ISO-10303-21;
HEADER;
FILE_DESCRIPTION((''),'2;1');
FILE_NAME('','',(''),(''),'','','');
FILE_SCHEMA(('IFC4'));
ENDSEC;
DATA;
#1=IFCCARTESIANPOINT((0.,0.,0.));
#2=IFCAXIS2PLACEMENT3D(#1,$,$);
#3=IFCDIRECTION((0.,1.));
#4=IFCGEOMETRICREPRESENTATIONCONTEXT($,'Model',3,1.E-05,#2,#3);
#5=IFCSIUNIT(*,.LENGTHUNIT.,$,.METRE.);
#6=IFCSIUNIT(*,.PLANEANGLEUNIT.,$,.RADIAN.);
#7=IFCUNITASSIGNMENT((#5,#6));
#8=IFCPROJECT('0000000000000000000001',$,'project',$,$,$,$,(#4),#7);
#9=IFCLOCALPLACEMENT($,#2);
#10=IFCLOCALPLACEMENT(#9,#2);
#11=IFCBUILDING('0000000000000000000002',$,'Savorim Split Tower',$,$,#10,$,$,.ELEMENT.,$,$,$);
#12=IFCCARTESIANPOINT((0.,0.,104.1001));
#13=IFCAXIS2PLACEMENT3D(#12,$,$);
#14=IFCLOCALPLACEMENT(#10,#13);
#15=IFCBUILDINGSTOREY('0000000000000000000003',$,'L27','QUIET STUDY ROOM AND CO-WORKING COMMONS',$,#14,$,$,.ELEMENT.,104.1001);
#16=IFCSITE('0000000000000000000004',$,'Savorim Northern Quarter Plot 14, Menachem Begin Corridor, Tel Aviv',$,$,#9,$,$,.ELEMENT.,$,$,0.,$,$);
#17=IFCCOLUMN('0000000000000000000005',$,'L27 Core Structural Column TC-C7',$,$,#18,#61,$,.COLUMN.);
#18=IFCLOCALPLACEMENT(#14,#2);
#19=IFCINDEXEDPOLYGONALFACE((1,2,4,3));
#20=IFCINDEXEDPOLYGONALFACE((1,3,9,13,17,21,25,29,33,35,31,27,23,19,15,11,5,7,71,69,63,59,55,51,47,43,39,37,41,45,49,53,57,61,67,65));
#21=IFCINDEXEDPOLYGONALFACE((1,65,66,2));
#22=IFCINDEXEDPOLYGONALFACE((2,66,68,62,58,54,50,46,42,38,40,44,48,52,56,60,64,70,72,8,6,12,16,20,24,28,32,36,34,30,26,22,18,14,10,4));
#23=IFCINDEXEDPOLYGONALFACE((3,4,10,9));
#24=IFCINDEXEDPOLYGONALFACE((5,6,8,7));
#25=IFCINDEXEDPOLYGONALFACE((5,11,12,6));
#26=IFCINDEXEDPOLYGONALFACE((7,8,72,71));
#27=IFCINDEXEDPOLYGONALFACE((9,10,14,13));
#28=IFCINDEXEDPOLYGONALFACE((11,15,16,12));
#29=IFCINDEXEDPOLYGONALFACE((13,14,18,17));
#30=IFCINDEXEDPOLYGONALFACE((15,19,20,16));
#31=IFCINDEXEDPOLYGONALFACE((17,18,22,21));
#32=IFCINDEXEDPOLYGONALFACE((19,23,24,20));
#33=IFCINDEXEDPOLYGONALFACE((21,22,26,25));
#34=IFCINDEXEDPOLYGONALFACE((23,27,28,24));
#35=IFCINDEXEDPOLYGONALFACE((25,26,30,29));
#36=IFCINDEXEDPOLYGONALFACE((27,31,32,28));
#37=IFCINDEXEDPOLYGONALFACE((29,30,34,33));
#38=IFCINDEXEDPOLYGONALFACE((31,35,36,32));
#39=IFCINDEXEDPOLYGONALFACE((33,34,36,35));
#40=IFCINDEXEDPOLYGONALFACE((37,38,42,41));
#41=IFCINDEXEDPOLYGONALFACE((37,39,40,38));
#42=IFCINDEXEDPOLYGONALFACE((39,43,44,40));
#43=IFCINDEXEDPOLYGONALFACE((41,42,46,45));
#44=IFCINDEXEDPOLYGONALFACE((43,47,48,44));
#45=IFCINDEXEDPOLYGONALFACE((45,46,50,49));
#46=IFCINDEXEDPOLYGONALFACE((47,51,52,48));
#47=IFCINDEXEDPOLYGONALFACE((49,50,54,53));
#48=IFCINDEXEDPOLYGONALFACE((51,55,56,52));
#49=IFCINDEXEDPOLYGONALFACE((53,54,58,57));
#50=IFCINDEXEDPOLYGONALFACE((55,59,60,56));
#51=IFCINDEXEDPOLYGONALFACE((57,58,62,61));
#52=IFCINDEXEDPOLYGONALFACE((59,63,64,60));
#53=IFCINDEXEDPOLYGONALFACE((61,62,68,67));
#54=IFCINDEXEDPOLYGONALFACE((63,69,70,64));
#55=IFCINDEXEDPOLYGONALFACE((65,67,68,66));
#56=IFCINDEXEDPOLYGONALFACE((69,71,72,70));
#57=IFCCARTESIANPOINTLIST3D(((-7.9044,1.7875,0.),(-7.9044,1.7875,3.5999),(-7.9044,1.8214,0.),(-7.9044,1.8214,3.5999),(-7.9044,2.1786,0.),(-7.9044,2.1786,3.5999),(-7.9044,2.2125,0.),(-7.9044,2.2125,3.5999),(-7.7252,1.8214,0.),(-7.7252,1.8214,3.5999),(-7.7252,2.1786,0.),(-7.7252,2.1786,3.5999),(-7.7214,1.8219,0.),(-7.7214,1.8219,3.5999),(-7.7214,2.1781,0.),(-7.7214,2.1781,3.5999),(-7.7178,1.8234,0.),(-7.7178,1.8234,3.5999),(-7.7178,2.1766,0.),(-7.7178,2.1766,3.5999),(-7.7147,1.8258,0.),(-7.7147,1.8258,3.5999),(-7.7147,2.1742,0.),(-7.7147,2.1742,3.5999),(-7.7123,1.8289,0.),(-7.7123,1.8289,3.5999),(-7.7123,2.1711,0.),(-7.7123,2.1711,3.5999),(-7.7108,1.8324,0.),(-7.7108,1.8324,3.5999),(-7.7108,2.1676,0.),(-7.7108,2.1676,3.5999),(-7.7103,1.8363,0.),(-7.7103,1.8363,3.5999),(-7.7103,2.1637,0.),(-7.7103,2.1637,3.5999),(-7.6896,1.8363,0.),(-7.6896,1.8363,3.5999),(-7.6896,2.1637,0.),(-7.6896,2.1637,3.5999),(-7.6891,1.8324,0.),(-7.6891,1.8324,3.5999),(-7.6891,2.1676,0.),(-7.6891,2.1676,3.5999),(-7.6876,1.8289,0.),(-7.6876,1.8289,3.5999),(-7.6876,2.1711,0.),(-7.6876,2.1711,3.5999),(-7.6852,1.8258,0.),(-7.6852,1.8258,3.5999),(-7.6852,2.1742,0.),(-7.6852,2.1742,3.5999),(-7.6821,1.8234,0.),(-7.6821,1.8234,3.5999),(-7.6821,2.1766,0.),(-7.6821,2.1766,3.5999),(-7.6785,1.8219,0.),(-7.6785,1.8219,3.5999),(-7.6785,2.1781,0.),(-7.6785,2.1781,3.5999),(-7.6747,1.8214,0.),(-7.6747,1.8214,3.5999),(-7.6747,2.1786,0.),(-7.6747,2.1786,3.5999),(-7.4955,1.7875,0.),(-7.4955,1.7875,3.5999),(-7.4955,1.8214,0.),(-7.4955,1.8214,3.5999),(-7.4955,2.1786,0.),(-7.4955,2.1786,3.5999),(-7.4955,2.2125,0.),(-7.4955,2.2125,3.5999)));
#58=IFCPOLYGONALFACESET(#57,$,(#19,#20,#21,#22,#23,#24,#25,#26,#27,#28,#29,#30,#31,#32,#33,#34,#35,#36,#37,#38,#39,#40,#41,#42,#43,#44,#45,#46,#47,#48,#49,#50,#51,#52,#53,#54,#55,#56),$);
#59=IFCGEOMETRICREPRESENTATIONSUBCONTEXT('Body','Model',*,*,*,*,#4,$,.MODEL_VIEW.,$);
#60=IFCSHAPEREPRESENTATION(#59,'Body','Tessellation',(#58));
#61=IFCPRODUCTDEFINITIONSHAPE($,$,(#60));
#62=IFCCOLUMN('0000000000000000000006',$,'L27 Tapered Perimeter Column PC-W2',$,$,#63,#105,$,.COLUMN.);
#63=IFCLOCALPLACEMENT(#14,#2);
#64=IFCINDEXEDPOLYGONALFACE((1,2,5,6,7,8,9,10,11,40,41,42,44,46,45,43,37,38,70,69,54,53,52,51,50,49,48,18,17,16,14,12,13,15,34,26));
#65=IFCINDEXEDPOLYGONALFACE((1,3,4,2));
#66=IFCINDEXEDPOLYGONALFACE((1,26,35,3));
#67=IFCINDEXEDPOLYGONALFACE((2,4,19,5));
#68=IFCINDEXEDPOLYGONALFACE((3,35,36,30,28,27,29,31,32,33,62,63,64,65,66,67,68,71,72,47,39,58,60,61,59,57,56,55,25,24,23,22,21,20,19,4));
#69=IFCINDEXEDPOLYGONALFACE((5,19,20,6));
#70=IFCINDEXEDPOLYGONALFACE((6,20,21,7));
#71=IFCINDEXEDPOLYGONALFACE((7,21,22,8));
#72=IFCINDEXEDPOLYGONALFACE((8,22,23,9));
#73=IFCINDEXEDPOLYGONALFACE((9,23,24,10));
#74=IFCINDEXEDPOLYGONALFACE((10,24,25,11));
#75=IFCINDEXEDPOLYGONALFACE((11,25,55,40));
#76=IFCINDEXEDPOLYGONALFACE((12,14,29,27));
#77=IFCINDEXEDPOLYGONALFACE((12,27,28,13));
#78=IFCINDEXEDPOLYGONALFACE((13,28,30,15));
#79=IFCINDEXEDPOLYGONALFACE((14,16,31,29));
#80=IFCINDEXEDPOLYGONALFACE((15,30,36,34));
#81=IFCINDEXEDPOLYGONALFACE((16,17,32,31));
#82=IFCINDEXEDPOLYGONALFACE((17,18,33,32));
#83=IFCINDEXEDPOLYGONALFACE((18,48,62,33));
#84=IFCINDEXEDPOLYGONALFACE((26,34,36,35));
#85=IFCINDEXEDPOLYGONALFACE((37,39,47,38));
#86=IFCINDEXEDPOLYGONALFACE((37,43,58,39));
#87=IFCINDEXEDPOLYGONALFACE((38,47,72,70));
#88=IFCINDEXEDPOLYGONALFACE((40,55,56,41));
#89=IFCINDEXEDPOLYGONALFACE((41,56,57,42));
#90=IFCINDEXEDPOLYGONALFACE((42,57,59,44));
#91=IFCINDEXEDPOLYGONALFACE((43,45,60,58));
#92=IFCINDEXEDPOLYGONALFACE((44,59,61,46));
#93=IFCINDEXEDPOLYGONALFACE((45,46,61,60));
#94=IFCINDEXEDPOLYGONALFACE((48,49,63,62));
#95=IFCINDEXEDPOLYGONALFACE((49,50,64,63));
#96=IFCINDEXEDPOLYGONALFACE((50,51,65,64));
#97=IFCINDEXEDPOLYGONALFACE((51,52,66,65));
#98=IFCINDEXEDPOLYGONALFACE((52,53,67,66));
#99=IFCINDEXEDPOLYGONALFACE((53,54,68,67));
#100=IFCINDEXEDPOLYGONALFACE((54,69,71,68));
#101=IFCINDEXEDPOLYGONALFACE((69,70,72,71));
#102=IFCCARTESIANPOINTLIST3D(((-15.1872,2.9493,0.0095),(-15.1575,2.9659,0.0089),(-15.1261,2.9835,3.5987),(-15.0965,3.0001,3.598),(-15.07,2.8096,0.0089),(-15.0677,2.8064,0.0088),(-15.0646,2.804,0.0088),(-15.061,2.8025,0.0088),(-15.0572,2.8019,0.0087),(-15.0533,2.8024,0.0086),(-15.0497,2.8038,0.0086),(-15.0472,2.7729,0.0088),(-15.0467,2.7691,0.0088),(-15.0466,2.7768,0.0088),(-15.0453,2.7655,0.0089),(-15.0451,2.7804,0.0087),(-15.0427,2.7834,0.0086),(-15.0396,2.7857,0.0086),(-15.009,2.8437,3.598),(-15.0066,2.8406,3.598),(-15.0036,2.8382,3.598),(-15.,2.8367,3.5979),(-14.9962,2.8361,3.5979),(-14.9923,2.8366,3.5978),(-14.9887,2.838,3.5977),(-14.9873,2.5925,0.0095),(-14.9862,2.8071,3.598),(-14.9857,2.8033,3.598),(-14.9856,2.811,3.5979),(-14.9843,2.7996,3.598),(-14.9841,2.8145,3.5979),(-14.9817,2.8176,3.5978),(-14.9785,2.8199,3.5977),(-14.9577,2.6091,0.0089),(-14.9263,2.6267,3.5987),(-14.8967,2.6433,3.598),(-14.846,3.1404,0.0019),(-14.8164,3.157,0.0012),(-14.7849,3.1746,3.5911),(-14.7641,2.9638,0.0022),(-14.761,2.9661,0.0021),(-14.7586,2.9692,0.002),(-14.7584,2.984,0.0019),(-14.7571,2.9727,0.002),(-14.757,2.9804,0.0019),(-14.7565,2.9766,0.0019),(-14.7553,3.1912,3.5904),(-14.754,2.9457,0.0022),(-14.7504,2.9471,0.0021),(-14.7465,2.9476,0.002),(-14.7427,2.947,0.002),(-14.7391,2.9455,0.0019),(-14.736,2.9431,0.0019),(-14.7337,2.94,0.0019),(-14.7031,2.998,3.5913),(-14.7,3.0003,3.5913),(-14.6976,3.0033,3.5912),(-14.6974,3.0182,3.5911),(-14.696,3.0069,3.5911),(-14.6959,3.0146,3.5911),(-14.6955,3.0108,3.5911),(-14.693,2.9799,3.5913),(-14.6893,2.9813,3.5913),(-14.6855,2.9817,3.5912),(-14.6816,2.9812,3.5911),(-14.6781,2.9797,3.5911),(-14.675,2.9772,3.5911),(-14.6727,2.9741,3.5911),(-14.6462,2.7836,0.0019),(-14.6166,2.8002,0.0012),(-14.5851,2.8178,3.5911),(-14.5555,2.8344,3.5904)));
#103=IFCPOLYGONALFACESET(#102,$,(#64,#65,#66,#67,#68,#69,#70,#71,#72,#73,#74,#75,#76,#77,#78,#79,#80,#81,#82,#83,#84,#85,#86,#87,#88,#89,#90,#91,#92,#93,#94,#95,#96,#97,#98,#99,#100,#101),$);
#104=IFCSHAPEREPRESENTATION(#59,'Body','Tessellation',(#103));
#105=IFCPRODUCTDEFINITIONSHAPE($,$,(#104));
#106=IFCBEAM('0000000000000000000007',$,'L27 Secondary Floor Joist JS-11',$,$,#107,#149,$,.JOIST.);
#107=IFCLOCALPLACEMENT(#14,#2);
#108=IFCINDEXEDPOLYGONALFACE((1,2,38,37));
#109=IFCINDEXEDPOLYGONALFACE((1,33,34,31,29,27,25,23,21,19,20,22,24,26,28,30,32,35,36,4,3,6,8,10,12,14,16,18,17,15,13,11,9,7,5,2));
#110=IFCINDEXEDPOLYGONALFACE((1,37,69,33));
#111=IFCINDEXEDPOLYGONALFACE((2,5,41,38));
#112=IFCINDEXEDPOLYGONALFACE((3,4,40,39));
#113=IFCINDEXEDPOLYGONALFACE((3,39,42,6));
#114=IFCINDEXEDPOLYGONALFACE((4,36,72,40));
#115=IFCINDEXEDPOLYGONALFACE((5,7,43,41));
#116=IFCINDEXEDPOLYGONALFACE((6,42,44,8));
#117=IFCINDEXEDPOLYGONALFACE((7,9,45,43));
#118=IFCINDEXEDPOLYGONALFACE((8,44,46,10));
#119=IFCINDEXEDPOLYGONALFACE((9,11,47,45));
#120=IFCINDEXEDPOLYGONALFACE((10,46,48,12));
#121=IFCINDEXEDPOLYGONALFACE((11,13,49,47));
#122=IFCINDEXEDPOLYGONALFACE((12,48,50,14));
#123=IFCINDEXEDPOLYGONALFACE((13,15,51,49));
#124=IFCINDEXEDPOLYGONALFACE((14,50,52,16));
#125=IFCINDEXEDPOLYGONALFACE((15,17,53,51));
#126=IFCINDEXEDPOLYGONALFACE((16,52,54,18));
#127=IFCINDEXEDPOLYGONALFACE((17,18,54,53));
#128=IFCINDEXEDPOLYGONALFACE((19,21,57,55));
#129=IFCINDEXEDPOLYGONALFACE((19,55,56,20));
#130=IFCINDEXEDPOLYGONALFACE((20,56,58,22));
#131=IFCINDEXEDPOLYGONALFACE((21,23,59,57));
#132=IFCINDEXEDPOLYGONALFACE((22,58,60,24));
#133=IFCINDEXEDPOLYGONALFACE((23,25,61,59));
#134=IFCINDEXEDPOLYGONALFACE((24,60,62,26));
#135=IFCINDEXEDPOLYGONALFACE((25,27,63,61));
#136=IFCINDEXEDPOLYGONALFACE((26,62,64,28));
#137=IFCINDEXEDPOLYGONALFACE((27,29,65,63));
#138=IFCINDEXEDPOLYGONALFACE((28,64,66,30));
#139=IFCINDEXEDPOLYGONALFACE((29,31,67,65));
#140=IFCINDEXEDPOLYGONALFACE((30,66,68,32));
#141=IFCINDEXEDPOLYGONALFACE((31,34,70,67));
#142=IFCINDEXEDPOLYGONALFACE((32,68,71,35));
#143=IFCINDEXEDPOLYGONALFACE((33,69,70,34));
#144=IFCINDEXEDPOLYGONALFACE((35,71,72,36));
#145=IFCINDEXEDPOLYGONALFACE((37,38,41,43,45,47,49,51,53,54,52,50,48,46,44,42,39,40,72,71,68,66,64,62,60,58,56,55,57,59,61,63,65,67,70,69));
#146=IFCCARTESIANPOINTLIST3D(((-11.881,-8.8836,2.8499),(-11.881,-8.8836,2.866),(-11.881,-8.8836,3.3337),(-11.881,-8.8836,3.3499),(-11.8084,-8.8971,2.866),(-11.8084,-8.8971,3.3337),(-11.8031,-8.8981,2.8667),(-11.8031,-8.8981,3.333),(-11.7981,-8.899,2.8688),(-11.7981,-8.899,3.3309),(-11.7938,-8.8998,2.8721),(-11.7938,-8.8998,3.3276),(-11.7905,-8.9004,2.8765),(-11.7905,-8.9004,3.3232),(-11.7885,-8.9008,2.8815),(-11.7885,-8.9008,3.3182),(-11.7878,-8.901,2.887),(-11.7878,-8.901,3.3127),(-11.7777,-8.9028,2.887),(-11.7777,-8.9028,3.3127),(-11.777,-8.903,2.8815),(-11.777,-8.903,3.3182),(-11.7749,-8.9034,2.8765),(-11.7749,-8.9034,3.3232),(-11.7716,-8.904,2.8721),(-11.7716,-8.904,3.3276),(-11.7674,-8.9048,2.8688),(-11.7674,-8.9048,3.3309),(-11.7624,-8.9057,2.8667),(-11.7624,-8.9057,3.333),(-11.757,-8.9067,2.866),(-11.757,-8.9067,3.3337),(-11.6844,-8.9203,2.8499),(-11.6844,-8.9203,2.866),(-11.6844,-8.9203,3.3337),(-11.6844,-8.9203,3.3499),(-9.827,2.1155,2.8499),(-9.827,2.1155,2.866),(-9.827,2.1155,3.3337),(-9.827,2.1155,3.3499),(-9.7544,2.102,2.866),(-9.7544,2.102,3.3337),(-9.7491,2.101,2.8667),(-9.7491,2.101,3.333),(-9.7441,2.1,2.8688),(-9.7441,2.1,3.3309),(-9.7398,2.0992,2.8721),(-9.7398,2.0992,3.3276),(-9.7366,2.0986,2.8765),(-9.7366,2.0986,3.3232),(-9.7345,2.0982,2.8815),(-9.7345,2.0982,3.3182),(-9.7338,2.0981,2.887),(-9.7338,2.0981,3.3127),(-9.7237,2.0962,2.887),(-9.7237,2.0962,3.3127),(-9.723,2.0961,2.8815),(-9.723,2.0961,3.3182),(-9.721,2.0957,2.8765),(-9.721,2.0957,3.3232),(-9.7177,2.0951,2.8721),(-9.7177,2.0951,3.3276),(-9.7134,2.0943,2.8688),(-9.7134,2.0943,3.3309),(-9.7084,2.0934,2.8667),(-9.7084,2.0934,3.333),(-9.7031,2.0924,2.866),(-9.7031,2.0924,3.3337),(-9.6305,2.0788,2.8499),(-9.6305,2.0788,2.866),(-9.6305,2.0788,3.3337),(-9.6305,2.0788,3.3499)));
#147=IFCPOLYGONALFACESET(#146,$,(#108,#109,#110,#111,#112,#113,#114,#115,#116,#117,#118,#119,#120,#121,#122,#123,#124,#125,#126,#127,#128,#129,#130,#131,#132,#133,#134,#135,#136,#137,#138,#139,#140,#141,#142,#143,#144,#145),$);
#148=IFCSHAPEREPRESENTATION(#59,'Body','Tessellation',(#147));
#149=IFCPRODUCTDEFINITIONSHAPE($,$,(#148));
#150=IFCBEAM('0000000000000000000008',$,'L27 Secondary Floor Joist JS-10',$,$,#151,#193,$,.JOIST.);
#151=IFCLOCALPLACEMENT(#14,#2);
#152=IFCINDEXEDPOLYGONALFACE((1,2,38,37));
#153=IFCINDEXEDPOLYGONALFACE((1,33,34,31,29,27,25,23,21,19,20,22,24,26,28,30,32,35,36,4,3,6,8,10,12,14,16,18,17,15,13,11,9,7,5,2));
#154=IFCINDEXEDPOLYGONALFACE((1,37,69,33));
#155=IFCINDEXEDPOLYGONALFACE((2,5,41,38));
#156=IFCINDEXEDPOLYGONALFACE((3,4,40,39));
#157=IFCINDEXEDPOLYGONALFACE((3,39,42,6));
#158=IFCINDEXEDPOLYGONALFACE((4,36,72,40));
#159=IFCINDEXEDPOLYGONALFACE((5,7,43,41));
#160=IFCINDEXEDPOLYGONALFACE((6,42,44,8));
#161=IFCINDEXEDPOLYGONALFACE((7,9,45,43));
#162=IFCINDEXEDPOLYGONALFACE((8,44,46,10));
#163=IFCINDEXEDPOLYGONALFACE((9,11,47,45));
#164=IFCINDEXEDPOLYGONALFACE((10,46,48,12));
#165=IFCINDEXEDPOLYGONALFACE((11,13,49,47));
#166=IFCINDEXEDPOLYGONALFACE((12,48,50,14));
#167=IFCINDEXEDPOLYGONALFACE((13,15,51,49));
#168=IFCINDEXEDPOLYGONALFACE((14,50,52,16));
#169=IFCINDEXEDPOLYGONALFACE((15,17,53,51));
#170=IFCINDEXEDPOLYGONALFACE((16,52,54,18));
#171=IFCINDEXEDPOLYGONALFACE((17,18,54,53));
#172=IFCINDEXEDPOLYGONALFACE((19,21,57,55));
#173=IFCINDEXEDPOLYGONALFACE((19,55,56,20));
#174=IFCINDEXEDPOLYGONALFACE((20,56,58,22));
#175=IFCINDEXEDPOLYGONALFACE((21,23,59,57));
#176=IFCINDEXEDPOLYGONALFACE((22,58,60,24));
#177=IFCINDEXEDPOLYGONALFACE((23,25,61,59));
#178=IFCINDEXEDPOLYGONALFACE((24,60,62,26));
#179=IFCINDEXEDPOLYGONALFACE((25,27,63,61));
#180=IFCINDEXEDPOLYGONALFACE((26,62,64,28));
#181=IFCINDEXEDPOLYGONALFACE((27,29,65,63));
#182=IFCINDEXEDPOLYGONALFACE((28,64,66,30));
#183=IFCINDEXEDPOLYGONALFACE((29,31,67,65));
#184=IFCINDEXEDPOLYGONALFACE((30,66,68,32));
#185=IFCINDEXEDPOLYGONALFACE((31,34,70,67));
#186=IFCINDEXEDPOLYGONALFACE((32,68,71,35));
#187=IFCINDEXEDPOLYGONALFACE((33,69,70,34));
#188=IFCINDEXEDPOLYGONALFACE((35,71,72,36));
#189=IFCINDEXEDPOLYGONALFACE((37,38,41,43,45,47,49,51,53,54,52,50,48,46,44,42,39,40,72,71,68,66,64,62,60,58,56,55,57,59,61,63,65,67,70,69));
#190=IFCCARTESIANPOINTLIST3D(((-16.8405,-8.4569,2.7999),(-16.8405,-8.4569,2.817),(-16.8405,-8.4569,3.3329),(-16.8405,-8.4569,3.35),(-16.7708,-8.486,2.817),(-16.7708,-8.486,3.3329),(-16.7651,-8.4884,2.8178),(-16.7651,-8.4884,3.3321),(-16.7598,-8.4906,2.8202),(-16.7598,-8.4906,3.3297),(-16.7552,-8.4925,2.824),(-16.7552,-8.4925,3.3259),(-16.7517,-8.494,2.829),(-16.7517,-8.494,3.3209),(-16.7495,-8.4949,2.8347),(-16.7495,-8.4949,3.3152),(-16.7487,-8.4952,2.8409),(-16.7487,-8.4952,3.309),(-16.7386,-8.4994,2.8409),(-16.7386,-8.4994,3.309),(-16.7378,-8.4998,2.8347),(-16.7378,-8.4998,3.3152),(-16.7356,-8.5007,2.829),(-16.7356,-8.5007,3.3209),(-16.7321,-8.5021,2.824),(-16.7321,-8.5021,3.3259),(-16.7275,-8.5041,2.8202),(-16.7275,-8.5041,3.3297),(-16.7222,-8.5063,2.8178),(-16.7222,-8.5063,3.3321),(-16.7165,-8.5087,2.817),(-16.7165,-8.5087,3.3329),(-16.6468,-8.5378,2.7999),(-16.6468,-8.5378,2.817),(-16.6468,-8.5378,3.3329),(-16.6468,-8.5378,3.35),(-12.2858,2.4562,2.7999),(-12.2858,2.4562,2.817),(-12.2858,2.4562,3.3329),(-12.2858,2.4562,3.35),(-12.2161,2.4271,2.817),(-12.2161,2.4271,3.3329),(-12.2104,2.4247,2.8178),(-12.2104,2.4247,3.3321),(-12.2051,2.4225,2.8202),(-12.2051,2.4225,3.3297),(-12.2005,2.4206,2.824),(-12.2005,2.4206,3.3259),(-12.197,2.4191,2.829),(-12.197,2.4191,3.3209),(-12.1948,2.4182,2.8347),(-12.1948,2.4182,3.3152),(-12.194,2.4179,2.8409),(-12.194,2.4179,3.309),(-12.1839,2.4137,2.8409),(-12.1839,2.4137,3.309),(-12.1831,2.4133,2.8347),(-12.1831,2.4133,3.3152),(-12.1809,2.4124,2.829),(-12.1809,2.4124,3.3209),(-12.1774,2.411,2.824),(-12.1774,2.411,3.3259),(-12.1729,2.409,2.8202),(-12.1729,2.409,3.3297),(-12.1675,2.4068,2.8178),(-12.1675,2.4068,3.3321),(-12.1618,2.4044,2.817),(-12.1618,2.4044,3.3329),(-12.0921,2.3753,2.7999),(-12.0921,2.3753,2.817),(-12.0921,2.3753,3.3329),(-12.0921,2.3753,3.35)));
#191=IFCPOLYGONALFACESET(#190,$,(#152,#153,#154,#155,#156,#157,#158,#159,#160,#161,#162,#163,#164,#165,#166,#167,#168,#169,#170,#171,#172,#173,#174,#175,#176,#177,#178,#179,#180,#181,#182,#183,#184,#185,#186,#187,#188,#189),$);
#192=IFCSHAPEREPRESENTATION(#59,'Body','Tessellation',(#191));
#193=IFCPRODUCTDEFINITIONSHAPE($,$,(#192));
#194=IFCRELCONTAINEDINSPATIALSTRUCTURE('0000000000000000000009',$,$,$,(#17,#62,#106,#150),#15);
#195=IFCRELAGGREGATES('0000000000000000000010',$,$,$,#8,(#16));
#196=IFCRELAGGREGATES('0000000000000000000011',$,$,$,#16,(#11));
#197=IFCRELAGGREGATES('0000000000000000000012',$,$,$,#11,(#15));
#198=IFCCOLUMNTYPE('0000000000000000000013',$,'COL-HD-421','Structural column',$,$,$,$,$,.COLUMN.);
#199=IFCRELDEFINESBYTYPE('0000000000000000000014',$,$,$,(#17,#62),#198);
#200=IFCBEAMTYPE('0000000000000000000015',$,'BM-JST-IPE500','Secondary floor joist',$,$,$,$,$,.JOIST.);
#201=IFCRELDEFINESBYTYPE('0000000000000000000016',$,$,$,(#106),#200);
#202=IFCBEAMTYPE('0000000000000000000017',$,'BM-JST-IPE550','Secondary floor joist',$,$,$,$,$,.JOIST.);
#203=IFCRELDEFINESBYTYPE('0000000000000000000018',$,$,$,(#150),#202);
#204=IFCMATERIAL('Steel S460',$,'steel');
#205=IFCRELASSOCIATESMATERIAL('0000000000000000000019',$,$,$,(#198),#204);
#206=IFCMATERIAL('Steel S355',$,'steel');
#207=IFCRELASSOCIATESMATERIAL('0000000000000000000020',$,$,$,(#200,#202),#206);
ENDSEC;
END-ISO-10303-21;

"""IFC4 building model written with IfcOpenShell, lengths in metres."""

from ifc_helpers import new_model, si_unit, direction, frame, origin, origin_2d, place, context, subcontext, project, spatial, i_section, extrude, material, material_profile, profile_set, type_object, element, save


model = new_model("IFC4")

# Units and contexts
model_context = context("Model", 3, precision=1e-05, world=origin(), true_north=direction((0.0, 1.0)))
body_context = subcontext(model_context, "Body", "Model", "MODEL_VIEW")
ifc_project = project(units=[si_unit("LENGTHUNIT", "METRE"), si_unit("PLANEANGLEUNIT", "RADIAN")], contexts=[model_context])

# Site, building, storey
site_placement = place(None, origin())
site = spatial("IfcSite", under=ifc_project, at=site_placement, Name="Savorim Northern Quarter Plot 14, Menachem Begin Corridor, Tel Aviv", CompositionType="ELEMENT", RefElevation=0.0)
building_placement = place(site_placement, origin())
building = spatial("IfcBuilding", under=site, at=building_placement, Name="Savorim Split Tower", CompositionType="ELEMENT")
storey_placement = place(building_placement, frame((0.0, 0.0, 104.1001)))
storey = spatial("IfcBuildingStorey", under=building, at=storey_placement, Name="L27", Description="QUIET STUDY ROOM AND CO-WORKING COMMONS", CompositionType="ELEMENT", Elevation=104.1001)

# Columns
ifc_material_1 = material(Name="Steel S460", Category="steel")
ifc_material_profile_1 = material_profile(ifc_material_1, i_section(OverallWidth=0.4089, OverallDepth=0.425, WebThickness=0.0208, FlangeThickness=0.0339, FilletRadius=0.0149, at=origin_2d()), Name="HD 400x421")
ifc_profile_set_1 = profile_set([ifc_material_profile_1], Name="Steel S460")
column_type = type_object("IfcColumnType", Name="COL-HD-421", Description="Structural column", PredefinedType="COLUMN", material=ifc_profile_set_1)
column_1_placement = place(storey_placement, frame((-7.7, 2.0, 0.0), z_axis=(0.0, 0.0, 1.0), x_axis=(1.0, 0.0, 0.0)))
element("IfcColumn", 1, at=column_1_placement, inside=storey, type_object=column_type, Name="L27 Core Structural Column TC-C7", PredefinedType="COLUMN", context=body_context, shape_type="SweptSolid", body=[
    extrude(i_section(OverallWidth=0.4089, OverallDepth=0.425, WebThickness=0.0208, FlangeThickness=0.0339, FilletRadius=0.0149, at=origin_2d()), origin(), (0.0, 0.0, 1.0), 3.5999),
])
column_2_placement = place(storey_placement, frame((-14.9019, 2.8748, 0.0054), z_axis=(0.017002, 0.009521, 0.99981), x_axis=(-0.488603, 0.872506, 0.0)))
element("IfcColumn", 2, at=column_2_placement, inside=storey, type_object=column_type, Name="L27 Tapered Perimeter Column PC-W2", PredefinedType="COLUMN", context=body_context, shape_type="SweptSolid", body=[
    extrude(i_section(OverallWidth=0.4089, OverallDepth=0.425, WebThickness=0.0208, FlangeThickness=0.0339, FilletRadius=0.0149, at=origin_2d()), origin(), (0.0, 0.0, 1.0), 3.5898),
])

# Beams
ifc_material_2 = material(Name="Steel S355", Category="steel")
ifc_material_profile_2 = material_profile(ifc_material_2, i_section(OverallWidth=0.2, OverallDepth=0.5, WebThickness=0.0103, FlangeThickness=0.0161, FilletRadius=0.021, at=origin_2d()), Name="IPE 500")
ifc_profile_set_2 = profile_set([ifc_material_profile_2], Name="Steel S355")
beam_type_1 = type_object("IfcBeamType", Name="BM-JST-IPE500", Description="Secondary floor joist", PredefinedType="JOIST", material=ifc_profile_set_2)
beam_1_placement = place(storey_placement, frame((-9.7288, 2.0972, 3.0999), z_axis=(-0.183567, -0.983007, 0.0), x_axis=(0.983007, -0.183567, 0.0)))
element("IfcBeam", 3, at=beam_1_placement, inside=storey, type_object=beam_type_1, Name="L27 Secondary Floor Joist JS-11", PredefinedType="JOIST", context=body_context, shape_type="SweptSolid", body=[
    extrude(i_section(OverallWidth=0.2, OverallDepth=0.5, WebThickness=0.0103, FlangeThickness=0.0161, FilletRadius=0.021, at=origin_2d()), origin(), (0.0, 0.0, 1.0), 11.1892),
])
ifc_material_profile_3 = material_profile(ifc_material_2, i_section(OverallWidth=0.21, OverallDepth=0.55, WebThickness=0.011, FlangeThickness=0.0171, FilletRadius=0.0239, at=origin_2d()), Name="IPE 550")
ifc_profile_set_3 = profile_set([ifc_material_profile_3], Name="Steel S355")
beam_type_2 = type_object("IfcBeamType", Name="BM-JST-IPE550", Description="Secondary floor joist", PredefinedType="JOIST", material=ifc_profile_set_3)
beam_2_placement = place(storey_placement, frame((-12.189, 2.4158, 3.075), z_axis=(-0.385161, -0.92285, 0.0), x_axis=(0.92285, -0.385161, 0.0)))
element("IfcBeam", 4, at=beam_2_placement, inside=storey, type_object=beam_type_2, Name="L27 Secondary Floor Joist JS-10", PredefinedType="JOIST", context=body_context, shape_type="SweptSolid", body=[
    extrude(i_section(OverallWidth=0.21, OverallDepth=0.55, WebThickness=0.011, FlangeThickness=0.0171, FilletRadius=0.0239, at=origin_2d()), origin(), (0.0, 0.0, 1.0), 11.8254),
])

save(model, "model.ifc")
